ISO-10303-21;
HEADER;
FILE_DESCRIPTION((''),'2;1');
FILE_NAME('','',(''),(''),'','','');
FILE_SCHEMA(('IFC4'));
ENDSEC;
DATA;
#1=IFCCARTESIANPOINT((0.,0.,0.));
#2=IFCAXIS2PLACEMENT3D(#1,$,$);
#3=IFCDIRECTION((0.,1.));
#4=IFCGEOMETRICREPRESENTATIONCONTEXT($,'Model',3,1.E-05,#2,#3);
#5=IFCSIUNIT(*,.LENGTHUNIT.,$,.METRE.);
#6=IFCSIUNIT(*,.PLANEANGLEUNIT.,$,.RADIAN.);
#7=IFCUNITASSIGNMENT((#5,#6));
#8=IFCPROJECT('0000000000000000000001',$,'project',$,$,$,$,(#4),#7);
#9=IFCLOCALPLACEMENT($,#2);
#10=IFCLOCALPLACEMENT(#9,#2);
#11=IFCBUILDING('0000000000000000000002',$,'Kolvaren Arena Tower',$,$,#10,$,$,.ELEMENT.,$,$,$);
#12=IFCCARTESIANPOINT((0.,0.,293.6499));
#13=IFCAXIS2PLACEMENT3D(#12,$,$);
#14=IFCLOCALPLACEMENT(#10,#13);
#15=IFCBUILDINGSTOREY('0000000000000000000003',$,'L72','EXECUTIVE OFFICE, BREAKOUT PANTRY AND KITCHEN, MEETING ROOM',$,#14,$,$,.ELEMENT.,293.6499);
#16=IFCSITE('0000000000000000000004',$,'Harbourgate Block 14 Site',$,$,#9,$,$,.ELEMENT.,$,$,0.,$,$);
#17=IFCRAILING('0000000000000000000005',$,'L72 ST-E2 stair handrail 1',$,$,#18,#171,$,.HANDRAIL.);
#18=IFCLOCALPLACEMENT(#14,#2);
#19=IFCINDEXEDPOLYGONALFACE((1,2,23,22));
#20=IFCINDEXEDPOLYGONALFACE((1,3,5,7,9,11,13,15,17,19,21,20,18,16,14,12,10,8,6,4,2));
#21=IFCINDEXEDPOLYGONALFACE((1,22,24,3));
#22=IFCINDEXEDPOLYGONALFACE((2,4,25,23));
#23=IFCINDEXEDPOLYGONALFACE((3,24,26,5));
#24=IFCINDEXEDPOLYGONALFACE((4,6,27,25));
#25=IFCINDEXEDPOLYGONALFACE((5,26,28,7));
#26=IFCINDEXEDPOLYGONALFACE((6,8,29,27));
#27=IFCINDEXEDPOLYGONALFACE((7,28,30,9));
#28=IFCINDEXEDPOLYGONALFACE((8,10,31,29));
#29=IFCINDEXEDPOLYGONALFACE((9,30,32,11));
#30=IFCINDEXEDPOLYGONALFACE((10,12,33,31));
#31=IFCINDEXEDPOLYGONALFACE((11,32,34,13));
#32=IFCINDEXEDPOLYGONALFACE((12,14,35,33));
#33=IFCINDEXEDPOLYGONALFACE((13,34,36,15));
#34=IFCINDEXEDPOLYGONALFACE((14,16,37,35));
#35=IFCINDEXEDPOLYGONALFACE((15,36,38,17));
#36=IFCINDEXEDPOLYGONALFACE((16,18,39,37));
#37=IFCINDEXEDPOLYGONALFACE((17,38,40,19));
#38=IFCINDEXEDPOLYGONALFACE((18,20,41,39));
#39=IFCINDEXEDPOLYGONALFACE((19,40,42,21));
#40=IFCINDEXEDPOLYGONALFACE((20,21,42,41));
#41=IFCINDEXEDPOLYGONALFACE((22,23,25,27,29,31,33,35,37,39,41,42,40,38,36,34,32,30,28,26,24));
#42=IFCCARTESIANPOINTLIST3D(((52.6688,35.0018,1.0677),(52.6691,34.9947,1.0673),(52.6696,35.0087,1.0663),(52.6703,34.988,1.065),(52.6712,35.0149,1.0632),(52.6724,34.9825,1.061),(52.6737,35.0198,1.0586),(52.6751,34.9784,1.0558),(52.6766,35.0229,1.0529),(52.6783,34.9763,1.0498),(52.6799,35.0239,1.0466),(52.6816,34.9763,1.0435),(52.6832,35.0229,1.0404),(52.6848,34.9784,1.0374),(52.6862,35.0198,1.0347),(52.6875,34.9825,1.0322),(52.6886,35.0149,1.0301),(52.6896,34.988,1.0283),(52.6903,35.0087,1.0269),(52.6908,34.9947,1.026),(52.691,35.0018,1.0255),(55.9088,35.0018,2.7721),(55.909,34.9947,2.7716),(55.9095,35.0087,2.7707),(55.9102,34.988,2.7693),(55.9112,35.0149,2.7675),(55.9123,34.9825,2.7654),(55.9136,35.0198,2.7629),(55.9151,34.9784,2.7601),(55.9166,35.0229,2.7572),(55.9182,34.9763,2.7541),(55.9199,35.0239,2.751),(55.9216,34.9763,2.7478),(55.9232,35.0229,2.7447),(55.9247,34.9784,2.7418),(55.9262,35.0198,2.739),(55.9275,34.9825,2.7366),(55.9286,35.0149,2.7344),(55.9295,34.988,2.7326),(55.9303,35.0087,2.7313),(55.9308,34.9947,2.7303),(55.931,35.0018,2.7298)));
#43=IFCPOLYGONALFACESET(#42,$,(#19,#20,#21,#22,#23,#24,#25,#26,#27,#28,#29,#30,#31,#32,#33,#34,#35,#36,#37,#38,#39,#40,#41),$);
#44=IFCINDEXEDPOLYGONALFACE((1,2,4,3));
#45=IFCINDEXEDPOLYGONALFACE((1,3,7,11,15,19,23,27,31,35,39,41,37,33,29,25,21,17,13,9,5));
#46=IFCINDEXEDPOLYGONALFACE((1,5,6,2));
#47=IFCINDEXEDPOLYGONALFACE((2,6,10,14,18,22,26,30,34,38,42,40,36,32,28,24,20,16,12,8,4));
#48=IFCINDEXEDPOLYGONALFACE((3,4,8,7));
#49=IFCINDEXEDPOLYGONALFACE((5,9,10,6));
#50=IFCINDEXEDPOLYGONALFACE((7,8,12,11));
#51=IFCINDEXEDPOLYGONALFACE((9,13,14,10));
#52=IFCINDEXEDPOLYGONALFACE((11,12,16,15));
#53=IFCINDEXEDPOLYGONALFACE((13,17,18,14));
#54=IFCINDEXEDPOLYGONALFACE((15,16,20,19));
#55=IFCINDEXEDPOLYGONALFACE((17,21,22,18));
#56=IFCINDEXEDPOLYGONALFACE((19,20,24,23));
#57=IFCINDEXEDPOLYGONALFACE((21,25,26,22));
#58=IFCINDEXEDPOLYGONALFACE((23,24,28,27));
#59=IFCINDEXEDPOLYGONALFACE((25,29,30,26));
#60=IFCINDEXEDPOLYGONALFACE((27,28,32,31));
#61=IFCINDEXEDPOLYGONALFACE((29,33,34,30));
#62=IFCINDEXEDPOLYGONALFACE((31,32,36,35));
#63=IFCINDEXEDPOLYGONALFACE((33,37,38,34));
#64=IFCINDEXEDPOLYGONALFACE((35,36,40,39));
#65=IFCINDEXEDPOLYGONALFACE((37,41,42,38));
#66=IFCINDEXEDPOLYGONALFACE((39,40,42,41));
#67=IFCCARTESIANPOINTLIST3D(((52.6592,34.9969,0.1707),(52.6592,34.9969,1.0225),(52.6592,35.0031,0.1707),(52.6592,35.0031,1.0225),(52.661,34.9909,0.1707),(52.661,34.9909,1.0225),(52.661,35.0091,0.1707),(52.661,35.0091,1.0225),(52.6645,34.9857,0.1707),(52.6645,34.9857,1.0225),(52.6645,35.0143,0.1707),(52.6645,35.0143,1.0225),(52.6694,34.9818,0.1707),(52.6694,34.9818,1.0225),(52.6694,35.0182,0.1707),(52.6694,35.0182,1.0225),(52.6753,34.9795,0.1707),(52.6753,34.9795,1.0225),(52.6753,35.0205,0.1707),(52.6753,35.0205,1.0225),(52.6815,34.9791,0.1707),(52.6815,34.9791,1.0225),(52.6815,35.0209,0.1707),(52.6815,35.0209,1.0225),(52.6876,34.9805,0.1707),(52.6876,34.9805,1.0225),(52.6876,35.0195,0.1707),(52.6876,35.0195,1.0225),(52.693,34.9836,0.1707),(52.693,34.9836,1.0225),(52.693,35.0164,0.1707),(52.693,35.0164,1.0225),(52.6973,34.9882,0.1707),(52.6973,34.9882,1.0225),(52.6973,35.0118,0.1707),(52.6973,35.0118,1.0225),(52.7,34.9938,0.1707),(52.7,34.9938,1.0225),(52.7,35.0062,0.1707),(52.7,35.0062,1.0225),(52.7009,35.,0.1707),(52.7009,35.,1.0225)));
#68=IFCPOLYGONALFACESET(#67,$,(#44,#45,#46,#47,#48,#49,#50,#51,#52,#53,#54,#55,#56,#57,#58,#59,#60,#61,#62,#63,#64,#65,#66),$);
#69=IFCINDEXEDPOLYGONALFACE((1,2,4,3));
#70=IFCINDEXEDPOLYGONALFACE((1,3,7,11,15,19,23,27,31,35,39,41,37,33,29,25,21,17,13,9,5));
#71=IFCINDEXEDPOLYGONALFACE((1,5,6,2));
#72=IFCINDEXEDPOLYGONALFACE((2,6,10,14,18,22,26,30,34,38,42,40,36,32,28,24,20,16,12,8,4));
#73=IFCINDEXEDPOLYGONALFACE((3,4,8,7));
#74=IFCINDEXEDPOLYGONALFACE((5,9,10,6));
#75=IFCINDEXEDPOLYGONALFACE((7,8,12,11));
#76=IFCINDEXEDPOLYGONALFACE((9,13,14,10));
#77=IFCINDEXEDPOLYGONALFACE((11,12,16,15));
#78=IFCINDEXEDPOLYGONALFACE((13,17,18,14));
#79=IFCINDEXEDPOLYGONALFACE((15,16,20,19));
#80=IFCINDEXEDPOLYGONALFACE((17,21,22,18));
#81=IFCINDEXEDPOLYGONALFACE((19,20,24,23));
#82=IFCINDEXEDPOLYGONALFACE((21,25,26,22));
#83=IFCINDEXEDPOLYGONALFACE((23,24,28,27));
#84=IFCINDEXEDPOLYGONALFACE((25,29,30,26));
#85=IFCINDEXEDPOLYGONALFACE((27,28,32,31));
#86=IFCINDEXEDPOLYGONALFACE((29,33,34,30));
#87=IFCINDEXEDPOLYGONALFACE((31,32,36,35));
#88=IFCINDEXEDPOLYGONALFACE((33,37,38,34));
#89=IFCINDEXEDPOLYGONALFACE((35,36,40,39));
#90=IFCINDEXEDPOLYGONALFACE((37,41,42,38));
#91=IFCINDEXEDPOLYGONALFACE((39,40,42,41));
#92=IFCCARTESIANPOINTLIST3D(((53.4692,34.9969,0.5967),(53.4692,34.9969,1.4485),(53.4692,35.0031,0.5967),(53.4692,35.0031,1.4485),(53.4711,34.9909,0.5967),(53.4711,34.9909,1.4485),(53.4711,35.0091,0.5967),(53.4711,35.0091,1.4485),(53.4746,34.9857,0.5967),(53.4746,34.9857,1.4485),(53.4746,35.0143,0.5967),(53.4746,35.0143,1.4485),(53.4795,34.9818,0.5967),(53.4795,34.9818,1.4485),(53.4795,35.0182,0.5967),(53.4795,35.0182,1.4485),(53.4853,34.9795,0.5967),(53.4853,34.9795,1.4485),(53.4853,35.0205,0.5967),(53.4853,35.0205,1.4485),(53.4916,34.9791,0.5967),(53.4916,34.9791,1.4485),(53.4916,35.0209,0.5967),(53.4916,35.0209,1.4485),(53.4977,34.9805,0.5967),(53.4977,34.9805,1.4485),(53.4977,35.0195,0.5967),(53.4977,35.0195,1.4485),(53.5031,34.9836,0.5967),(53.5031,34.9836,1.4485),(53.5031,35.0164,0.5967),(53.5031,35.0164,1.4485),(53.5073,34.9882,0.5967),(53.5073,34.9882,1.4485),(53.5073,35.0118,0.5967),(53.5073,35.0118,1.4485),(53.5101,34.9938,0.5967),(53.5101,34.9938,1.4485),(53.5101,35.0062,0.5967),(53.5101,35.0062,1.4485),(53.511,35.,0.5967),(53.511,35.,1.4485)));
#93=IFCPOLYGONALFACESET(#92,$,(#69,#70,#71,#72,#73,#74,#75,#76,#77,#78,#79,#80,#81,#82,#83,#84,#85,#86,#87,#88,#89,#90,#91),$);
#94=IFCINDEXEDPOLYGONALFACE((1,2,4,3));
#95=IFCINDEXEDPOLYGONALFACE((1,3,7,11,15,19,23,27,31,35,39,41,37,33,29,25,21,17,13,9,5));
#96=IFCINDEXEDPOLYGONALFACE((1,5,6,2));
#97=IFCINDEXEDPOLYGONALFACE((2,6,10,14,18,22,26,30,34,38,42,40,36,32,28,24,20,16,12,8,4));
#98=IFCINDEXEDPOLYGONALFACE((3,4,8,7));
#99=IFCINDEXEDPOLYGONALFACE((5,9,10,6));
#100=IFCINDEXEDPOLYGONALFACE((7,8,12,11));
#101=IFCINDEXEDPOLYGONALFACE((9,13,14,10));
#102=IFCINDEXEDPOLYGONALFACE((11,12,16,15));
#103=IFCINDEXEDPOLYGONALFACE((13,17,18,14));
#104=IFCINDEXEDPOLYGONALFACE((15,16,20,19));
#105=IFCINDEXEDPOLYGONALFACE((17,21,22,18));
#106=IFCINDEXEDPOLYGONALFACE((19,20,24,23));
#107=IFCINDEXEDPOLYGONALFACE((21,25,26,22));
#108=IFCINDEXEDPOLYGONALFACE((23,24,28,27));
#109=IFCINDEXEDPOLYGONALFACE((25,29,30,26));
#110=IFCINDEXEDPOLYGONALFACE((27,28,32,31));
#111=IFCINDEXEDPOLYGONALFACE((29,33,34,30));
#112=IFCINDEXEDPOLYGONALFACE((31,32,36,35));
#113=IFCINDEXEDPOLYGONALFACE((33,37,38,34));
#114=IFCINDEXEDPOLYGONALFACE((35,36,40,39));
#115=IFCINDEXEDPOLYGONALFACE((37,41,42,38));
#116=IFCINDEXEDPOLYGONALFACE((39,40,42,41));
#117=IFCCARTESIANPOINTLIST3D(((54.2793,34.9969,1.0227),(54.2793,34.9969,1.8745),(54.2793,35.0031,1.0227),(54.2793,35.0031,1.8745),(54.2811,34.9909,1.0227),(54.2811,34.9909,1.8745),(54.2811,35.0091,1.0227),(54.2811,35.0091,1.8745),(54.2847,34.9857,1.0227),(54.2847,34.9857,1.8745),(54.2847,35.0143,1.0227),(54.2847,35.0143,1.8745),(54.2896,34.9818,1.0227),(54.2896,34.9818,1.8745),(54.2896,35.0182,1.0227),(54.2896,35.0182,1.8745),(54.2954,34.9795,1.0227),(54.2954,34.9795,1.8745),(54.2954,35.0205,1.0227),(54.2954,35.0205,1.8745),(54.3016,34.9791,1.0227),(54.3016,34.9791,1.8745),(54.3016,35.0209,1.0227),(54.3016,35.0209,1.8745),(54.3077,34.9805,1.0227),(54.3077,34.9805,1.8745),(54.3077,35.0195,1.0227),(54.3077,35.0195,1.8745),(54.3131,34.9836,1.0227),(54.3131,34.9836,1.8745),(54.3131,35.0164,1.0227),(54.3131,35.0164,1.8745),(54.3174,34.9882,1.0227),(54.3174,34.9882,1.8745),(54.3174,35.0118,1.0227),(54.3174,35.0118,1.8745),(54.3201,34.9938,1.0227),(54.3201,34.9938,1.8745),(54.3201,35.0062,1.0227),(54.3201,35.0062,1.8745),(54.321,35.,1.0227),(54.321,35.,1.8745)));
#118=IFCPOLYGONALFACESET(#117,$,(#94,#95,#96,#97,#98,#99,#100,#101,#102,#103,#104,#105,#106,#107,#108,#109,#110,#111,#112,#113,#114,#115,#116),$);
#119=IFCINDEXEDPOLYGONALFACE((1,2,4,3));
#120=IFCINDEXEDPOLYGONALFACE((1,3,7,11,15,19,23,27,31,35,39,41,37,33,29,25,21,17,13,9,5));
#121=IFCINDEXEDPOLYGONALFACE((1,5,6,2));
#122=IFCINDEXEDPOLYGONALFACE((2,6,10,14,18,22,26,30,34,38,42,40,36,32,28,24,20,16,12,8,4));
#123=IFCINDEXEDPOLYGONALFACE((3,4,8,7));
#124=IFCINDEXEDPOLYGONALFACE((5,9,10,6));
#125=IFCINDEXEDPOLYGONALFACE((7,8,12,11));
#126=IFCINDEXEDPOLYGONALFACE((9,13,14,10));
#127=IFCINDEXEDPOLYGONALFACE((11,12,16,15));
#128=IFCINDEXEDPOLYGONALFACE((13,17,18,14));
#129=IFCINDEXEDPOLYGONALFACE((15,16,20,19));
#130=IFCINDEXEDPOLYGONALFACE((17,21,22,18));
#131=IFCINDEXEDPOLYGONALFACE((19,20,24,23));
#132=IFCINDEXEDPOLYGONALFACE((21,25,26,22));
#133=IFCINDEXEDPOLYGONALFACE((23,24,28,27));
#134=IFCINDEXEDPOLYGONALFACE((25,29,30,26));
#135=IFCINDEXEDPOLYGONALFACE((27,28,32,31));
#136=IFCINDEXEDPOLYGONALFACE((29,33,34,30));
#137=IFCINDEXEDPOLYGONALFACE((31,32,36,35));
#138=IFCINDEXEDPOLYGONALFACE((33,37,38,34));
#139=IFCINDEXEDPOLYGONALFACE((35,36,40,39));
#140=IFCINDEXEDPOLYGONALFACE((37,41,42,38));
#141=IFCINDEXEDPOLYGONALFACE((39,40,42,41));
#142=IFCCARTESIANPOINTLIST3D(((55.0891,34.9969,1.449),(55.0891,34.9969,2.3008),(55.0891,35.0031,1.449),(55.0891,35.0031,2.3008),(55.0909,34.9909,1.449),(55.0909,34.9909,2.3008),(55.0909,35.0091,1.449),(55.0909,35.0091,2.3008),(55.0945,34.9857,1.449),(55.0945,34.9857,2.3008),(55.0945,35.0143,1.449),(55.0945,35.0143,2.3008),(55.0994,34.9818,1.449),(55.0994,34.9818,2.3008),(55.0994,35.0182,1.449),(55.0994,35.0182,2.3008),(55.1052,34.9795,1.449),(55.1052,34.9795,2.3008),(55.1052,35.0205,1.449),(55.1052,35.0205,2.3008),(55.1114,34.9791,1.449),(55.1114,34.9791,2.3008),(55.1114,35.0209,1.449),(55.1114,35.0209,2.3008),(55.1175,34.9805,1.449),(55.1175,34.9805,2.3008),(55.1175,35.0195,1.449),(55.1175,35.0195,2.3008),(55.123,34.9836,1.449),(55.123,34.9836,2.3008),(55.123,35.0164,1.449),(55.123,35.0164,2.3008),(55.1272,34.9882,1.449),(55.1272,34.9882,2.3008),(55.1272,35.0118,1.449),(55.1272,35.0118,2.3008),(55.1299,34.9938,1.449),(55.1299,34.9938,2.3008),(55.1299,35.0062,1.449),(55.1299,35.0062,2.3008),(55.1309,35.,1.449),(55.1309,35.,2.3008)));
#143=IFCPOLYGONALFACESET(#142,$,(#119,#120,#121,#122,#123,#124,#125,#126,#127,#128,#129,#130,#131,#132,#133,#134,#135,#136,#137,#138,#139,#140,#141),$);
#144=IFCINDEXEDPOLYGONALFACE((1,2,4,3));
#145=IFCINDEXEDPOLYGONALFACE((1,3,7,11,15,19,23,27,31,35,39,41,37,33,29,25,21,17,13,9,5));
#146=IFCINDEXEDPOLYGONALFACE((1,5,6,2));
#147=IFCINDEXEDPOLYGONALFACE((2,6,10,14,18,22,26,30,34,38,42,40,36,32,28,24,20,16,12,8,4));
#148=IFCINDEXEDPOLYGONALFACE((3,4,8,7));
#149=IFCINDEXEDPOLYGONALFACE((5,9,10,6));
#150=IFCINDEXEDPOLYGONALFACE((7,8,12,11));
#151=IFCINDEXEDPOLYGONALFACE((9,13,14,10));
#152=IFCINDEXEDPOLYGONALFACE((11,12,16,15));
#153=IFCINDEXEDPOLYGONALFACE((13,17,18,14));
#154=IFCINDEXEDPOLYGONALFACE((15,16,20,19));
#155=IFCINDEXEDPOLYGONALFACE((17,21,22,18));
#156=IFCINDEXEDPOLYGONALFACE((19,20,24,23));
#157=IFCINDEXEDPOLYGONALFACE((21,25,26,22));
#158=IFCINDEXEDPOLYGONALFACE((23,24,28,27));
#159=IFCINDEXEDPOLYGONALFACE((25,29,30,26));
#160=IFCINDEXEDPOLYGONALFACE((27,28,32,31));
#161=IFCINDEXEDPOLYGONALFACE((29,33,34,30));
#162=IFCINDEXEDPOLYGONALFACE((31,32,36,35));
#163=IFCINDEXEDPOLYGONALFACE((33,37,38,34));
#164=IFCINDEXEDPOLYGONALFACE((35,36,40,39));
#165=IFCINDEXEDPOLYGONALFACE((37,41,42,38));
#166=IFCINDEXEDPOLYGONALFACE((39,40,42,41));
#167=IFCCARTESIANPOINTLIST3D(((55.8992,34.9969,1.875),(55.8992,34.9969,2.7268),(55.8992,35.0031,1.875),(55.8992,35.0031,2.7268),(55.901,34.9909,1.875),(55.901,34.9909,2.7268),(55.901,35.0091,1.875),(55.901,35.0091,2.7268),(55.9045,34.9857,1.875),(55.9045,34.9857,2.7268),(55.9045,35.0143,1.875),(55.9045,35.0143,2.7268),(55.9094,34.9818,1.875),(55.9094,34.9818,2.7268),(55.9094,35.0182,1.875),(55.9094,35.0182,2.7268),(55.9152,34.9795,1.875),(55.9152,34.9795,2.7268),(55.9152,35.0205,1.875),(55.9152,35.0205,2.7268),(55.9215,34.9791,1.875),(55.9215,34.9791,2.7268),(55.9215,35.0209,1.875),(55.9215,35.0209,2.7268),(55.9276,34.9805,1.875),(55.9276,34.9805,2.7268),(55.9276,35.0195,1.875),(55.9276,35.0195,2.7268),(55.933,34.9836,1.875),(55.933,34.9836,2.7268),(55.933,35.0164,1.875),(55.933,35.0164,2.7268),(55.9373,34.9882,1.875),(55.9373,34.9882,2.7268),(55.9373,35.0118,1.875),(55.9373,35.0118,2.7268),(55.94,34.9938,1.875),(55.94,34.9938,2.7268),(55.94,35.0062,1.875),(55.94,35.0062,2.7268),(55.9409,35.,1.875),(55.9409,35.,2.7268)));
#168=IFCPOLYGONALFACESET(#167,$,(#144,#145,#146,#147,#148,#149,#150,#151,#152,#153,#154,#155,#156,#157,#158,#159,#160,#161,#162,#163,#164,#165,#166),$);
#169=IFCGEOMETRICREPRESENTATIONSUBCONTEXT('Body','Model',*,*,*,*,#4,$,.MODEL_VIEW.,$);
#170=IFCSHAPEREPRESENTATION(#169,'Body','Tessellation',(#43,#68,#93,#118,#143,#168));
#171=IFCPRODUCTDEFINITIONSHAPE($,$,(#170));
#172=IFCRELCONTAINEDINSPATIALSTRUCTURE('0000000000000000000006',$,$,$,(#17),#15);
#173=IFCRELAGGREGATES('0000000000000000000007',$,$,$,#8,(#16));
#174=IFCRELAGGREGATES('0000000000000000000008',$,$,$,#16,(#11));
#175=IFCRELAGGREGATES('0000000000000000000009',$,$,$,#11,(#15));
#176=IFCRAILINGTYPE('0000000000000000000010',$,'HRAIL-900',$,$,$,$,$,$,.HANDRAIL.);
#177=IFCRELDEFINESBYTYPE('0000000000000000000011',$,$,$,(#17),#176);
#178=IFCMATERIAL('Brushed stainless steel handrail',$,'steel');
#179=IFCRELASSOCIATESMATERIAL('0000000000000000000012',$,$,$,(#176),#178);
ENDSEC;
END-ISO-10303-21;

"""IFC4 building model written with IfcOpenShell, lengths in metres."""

from ifc_helpers import new_model, si_unit, direction, frame, origin, origin_2d, place, context, subcontext, project, spatial, circle, extrude, material, type_object, element, save


model = new_model("IFC4")

# Units and contexts
model_context = context("Model", 3, precision=1e-05, world=origin(), true_north=direction((0.0, 1.0)))
body_context = subcontext(model_context, "Body", "Model", "MODEL_VIEW")
ifc_project = project(units=[si_unit("LENGTHUNIT", "METRE"), si_unit("PLANEANGLEUNIT", "RADIAN")], contexts=[model_context])

# Site, building, storey
site_placement = place(None, origin())
site = spatial("IfcSite", under=ifc_project, at=site_placement, Name="Harbourgate Block 14 Site", CompositionType="ELEMENT", RefElevation=0.0)
building_placement = place(site_placement, origin())
building = spatial("IfcBuilding", under=site, at=building_placement, Name="Kolvaren Arena Tower", CompositionType="ELEMENT")
storey_placement = place(building_placement, frame((0.0, 0.0, 293.6499)))
storey = spatial("IfcBuildingStorey", under=building, at=storey_placement, Name="L72", Description="EXECUTIVE OFFICE, BREAKOUT PANTRY AND KITCHEN, MEETING ROOM", CompositionType="ELEMENT", Elevation=293.6499)

# Railing
ifc_material_1 = material(Name="Brushed stainless steel handrail", Category="steel")
railing_type_1 = type_object("IfcRailingType", Name="HRAIL-900", PredefinedType="HANDRAIL", material=ifc_material_1)
for number, where, name in (
    (1, (52.6799, 35.0, 0.1707), "L72 ST-E2 stair handrail 1"),
):
    element("IfcRailing", number, at=place(storey_placement, frame(where)), inside=storey, type_object=railing_type_1, Name=name, PredefinedType="HANDRAIL", context=body_context, shape_type="SweptSolid", body=[
        extrude(circle(Radius=0.0239, at=origin_2d()), frame((0.0, 0.0, 0.876), z_axis=(0.885021, 0.0, 0.465551), x_axis=(0.0, 1.0, 0.0)), (0.0, 0.0, 1.0), 3.6609),
        extrude(circle(Radius=0.021, at=origin_2d()), origin(), (0.0, 0.0, 1.0), 0.8518),
        extrude(circle(Radius=0.021, at=origin_2d()), frame((0.8101, 0.0, 0.426)), (0.0, 0.0, 1.0), 0.8518),
        extrude(circle(Radius=0.021, at=origin_2d()), frame((1.6201, 0.0, 0.8521)), (0.0, 0.0, 1.0), 0.8518),
        extrude(circle(Radius=0.021, at=origin_2d()), frame((2.4299, 0.0, 1.2783)), (0.0, 0.0, 1.0), 0.8518),
        extrude(circle(Radius=0.021, at=origin_2d()), frame((3.24, 0.0, 1.7043)), (0.0, 0.0, 1.0), 0.8518),
    ])

save(model, "model.ifc")
